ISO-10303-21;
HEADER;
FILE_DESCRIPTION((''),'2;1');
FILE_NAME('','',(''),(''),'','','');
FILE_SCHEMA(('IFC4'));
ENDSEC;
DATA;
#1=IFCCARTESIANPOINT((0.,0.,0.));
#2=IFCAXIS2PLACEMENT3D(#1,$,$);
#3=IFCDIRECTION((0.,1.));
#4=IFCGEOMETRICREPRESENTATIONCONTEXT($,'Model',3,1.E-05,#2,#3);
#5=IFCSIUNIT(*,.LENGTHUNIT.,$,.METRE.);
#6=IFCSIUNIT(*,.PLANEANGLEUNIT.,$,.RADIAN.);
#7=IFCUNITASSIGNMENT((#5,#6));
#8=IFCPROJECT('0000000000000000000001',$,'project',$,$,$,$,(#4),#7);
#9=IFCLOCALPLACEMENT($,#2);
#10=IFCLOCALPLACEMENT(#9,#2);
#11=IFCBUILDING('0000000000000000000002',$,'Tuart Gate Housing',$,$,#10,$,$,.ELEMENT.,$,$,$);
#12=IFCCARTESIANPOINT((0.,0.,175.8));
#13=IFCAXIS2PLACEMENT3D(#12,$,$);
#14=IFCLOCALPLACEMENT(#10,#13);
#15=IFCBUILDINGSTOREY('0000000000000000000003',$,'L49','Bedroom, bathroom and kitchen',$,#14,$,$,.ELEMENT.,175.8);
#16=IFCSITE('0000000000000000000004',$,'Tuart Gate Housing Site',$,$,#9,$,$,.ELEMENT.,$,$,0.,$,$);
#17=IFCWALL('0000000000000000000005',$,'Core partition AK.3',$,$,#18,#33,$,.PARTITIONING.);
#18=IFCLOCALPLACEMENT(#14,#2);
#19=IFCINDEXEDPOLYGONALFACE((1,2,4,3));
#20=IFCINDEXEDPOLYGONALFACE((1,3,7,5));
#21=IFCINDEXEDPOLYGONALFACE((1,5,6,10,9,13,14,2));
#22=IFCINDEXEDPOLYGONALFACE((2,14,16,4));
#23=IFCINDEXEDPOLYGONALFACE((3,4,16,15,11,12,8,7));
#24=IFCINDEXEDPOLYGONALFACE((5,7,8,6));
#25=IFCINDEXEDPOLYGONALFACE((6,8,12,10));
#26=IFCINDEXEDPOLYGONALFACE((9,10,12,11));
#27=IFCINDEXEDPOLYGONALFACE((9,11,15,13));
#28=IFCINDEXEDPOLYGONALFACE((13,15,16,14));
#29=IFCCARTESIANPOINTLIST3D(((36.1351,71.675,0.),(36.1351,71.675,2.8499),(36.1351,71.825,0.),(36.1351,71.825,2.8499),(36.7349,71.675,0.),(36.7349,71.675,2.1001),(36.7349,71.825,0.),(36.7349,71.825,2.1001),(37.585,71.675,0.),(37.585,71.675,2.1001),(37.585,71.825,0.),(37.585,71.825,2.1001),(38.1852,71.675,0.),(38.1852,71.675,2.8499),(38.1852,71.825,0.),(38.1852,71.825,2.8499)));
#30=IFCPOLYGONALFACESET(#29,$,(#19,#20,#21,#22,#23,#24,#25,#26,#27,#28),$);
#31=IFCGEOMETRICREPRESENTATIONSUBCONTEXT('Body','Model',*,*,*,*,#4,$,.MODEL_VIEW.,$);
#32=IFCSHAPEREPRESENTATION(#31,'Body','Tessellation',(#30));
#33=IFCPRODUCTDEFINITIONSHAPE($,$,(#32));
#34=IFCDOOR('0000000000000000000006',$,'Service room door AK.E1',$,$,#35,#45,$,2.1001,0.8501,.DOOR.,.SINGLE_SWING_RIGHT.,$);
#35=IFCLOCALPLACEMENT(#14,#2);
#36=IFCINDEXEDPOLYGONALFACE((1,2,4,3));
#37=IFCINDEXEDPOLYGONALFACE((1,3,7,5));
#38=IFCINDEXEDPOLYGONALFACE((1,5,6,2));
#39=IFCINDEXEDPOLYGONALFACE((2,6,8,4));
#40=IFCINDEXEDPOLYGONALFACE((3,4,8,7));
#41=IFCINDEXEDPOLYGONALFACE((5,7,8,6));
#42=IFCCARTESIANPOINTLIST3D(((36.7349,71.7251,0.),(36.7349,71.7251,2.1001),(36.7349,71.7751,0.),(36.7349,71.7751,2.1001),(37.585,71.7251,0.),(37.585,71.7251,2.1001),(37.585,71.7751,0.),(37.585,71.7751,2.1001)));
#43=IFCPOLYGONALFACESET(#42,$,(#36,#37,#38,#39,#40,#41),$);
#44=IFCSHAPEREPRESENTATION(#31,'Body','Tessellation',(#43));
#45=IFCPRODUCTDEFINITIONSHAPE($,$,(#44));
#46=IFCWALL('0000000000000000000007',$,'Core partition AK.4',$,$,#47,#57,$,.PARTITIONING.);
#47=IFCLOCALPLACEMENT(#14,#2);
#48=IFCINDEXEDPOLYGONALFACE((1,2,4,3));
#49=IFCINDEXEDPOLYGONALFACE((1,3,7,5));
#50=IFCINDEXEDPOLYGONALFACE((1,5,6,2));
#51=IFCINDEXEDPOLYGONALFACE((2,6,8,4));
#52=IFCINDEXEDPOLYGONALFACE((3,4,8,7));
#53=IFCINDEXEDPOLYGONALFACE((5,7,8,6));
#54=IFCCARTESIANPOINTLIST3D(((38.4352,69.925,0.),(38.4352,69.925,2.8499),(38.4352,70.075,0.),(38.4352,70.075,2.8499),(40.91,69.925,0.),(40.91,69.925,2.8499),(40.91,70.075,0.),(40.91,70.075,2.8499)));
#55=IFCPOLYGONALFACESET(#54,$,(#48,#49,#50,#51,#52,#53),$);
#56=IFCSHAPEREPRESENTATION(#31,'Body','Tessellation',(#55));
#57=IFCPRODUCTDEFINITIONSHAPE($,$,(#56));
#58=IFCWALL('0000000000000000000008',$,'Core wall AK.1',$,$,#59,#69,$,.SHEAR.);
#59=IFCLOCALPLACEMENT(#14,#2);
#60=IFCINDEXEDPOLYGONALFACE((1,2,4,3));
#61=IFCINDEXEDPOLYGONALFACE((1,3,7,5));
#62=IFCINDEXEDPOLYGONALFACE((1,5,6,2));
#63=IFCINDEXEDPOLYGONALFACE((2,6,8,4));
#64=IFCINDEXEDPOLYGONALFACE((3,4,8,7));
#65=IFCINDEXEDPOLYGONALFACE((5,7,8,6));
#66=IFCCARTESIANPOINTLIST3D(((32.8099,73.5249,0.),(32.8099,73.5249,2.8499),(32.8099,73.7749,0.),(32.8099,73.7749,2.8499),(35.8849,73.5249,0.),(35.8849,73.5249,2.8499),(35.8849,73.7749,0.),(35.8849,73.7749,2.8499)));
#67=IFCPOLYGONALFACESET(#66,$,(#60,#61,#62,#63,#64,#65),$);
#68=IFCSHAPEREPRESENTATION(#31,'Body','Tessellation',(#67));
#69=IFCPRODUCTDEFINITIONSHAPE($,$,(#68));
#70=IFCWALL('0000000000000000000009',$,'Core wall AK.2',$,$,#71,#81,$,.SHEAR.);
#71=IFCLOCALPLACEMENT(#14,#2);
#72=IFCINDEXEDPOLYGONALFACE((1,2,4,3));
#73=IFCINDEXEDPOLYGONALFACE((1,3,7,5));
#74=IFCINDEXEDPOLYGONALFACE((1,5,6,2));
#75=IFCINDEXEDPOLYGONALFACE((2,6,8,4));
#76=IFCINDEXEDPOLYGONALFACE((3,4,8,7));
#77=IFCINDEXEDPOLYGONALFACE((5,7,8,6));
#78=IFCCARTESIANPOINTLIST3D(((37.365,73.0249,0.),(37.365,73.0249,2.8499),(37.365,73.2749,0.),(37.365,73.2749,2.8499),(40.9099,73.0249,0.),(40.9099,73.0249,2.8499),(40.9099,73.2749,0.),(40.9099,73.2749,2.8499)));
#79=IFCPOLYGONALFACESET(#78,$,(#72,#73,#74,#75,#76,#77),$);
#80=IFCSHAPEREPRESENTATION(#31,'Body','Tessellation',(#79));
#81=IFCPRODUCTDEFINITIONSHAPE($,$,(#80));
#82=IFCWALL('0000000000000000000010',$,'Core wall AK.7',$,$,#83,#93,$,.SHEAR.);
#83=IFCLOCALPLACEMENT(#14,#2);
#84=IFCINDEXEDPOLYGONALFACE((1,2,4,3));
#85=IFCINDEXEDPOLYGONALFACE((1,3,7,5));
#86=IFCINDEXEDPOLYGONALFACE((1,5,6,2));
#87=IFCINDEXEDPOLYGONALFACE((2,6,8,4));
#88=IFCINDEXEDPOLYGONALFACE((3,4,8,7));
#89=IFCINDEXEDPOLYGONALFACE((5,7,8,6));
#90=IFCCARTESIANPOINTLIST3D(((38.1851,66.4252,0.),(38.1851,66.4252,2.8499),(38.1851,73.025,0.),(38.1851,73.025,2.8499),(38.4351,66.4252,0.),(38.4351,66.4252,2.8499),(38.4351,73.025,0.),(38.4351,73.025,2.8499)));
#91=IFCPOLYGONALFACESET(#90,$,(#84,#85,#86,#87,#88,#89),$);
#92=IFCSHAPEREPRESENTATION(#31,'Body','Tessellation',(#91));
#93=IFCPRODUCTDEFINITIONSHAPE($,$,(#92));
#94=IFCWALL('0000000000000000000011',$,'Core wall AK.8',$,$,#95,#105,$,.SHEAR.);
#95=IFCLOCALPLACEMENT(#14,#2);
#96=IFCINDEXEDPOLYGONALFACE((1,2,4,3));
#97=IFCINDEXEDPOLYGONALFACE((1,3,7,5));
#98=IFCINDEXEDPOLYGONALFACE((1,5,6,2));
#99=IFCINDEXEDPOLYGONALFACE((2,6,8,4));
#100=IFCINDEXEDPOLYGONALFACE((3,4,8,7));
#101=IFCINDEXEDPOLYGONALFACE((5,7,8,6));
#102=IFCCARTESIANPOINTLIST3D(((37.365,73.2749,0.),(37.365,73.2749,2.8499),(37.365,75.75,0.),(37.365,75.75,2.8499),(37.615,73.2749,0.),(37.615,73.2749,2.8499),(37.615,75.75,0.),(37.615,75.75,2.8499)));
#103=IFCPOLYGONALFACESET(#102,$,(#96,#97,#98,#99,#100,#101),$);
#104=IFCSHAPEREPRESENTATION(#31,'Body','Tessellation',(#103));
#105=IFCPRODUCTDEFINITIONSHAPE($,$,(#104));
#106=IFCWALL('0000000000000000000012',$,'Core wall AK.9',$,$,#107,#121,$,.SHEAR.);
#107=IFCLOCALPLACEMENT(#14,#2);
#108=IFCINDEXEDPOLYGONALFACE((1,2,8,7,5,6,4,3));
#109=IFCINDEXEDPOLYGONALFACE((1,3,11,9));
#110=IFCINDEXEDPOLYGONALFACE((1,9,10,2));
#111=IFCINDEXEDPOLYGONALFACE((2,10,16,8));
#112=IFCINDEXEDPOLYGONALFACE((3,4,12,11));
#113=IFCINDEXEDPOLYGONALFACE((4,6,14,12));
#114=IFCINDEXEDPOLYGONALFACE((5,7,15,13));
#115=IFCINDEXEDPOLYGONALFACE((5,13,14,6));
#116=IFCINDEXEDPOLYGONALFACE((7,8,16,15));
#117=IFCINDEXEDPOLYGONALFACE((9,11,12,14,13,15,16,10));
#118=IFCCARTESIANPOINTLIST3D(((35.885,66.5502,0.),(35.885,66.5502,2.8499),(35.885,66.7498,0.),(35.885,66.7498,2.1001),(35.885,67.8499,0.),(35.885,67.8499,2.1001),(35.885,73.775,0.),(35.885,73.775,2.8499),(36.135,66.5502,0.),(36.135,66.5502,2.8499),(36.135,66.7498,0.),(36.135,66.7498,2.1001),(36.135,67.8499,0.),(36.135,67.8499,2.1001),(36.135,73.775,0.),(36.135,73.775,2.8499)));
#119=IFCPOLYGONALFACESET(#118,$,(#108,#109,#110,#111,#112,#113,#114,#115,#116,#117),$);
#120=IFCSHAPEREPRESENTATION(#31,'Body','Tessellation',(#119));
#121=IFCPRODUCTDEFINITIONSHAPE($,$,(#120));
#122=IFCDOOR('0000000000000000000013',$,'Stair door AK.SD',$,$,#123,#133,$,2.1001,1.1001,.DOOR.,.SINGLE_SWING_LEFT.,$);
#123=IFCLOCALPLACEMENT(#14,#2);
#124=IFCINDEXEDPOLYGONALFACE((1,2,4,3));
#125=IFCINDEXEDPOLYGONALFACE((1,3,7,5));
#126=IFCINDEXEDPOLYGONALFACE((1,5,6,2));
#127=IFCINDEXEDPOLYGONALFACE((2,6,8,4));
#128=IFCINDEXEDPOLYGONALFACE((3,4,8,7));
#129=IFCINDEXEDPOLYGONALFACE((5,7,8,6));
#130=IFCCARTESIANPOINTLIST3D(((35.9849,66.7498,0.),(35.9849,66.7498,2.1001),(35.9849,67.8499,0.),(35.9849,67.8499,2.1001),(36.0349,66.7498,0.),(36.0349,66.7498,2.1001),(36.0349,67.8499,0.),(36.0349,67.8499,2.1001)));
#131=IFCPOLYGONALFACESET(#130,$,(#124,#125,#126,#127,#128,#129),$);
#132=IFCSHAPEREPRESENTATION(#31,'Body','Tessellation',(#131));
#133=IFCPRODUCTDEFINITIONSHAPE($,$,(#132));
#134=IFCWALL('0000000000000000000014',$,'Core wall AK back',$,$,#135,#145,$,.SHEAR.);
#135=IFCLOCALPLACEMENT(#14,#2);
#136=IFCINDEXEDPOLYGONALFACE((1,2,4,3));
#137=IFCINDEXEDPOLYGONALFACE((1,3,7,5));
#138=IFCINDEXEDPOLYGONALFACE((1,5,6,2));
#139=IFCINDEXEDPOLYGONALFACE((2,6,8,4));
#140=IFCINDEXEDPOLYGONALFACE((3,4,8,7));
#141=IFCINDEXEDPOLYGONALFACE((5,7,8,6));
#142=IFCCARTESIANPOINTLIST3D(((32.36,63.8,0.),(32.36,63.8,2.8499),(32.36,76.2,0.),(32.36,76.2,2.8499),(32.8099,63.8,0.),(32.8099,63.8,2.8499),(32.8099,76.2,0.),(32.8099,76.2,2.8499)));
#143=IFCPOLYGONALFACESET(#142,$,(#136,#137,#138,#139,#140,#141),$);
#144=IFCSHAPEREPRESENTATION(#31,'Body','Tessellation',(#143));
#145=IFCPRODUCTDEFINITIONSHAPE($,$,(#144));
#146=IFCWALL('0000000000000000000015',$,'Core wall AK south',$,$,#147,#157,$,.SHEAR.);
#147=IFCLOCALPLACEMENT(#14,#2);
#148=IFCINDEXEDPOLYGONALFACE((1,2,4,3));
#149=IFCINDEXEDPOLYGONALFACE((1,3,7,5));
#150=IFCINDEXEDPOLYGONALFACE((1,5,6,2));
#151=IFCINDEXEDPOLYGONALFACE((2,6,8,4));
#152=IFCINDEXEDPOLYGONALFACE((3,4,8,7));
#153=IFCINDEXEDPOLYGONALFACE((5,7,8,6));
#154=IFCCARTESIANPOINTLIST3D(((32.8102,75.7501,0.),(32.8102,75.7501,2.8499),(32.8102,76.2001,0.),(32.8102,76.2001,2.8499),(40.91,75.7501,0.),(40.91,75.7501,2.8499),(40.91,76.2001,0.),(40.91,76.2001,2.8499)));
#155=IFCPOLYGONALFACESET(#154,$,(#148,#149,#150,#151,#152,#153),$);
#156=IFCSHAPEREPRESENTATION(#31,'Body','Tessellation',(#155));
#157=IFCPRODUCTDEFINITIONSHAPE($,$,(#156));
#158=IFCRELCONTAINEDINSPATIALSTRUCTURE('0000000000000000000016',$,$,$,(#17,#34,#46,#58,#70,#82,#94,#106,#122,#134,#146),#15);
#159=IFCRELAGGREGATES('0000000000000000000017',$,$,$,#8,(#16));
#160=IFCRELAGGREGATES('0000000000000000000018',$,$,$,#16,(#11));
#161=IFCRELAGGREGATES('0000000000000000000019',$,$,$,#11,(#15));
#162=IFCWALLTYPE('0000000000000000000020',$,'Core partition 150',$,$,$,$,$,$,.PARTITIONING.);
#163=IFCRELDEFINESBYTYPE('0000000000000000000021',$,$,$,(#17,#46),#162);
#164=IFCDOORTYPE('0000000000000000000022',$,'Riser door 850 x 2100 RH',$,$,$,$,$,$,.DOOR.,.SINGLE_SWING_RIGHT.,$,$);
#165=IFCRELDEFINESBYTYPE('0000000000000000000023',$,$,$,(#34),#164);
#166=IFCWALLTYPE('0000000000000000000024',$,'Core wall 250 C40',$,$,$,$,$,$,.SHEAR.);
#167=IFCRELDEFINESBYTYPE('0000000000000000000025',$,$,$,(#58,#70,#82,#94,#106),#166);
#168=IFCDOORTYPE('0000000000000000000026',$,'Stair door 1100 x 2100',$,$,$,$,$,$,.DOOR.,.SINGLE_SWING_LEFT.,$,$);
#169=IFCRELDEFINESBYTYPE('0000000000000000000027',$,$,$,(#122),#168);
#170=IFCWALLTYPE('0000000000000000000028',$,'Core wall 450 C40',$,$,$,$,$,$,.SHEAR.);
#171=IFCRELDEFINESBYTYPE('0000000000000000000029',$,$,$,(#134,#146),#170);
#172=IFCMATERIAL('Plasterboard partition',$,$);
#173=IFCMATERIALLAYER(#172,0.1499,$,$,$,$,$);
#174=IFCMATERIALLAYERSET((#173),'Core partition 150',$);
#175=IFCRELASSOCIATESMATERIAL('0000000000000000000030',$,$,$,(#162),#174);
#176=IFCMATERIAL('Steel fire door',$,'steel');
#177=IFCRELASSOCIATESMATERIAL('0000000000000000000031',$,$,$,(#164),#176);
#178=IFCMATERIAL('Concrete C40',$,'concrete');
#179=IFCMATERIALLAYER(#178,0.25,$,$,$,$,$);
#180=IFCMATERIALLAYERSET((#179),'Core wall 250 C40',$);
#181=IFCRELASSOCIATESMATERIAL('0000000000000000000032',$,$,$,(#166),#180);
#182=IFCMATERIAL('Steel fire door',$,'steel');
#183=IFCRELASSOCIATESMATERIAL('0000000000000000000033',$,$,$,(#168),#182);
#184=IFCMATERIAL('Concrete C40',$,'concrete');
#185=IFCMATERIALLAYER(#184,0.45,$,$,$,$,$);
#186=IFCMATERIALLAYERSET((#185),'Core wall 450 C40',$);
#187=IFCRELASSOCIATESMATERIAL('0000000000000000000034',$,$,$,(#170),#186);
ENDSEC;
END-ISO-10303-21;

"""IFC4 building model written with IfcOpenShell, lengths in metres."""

from ifc_helpers import new_model, si_unit, direction, frame, frame_2d, origin, place, context, subcontext, project, spatial, rectangle, extrude, material, layer, layer_set, type_object, element, fill, save


model = new_model("IFC4")

# Units and contexts
model_context = context("Model", 3, precision=1e-05, world=origin(), true_north=direction((0.0, 1.0)))
body_context = subcontext(model_context, "Body", "Model", "MODEL_VIEW")
ifc_project = project(units=[si_unit("LENGTHUNIT", "METRE"), si_unit("PLANEANGLEUNIT", "RADIAN")], contexts=[model_context])

# Site, building, storey
site_placement = place(None, origin())
site = spatial("IfcSite", under=ifc_project, at=site_placement, Name="Tuart Gate Housing Site", CompositionType="ELEMENT", RefElevation=0.0)
building_placement = place(site_placement, origin())
building = spatial("IfcBuilding", under=site, at=building_placement, Name="Tuart Gate Housing", CompositionType="ELEMENT")
storey_placement = place(building_placement, frame((0.0, 0.0, 175.8)))
storey = spatial("IfcBuildingStorey", under=building, at=storey_placement, Name="L49", Description="Bedroom, bathroom and kitchen", CompositionType="ELEMENT", Elevation=175.8)

# Wall, opening, door
ifc_material_1 = material(Name="Plasterboard partition")
ifc_layer_1 = layer(ifc_material_1, 0.1499)
ifc_layer_set_1 = layer_set([ifc_layer_1], Name="Core partition 150")
wall_type_1 = type_object("IfcWallType", Name="Core partition 150", PredefinedType="PARTITIONING", material=ifc_layer_set_1)
wall_1_placement = place(storey_placement, frame((38.1851, 71.75, 0.0), z_axis=(0.0, 0.0, 1.0), x_axis=(-1.0, 0.0, 0.0)))
wall_1 = element("IfcWall", 1, at=wall_1_placement, inside=storey, type_object=wall_type_1, Name="Core partition AK.3", PredefinedType="PARTITIONING", context=body_context, shape_type="SweptSolid", body=[
    extrude(rectangle(XDim=2.05, YDim=0.1499, at=frame_2d((1.0249, 0.0))), origin(), (0.0, 0.0, 1.0), 2.8499),
])
opening_1_placement = place(wall_1_placement, frame((0.6001, 0.0, 0.0)))
opening_1 = element("IfcOpeningElement", 2, at=opening_1_placement, cuts=wall_1, PredefinedType="OPENING", context=body_context, shape_type="SweptSolid", body=[
    extrude(rectangle(XDim=0.8501, YDim=2.1001, at=frame_2d((0.425, 1.05))), frame((0.0, 0.085, 0.0), z_axis=(0.0, -1.0, 0.0), x_axis=(1.0, 0.0, 0.0)), (0.0, 0.0, 1.0), 0.1699),
])
ifc_material_2 = material(Name="Steel fire door", Category="steel")
door_type_1 = type_object("IfcDoorType", Name="Riser door 850 x 2100 RH", OperationType="SINGLE_SWING_RIGHT", PredefinedType="DOOR", material=ifc_material_2)
door_1_placement = place(opening_1_placement, frame((0.8501, 0.0, 0.0), z_axis=(0.0, 0.0, 1.0), x_axis=(-1.0, 0.0, 0.0)))
door_1 = element("IfcDoor", 3, at=door_1_placement, inside=storey, type_object=door_type_1, Name="Service room door AK.E1", OperationType="SINGLE_SWING_RIGHT", OverallHeight=2.1001, OverallWidth=0.8501, PredefinedType="DOOR", context=body_context, shape_type="SweptSolid", body=[
    extrude(rectangle(XDim=0.8501, YDim=2.1001, at=frame_2d((0.425, 1.05))), frame((0.0, 0.0251, 0.0), z_axis=(0.0, -1.0, 0.0), x_axis=(1.0, 0.0, 0.0)), (0.0, 0.0, 1.0), 0.05),
])
fill(opening_1, door_1)

# Walls
wall_2_placement = place(storey_placement, frame((40.9099, 70.0, 0.0), z_axis=(0.0, 0.0, 1.0), x_axis=(-1.0, 0.0, 0.0)))
element("IfcWall", 4, at=wall_2_placement, inside=storey, type_object=wall_type_1, Name="Core partition AK.4", PredefinedType="PARTITIONING", context=body_context, shape_type="SweptSolid", body=[
    extrude(rectangle(XDim=2.4749, YDim=0.1499, at=frame_2d((1.2373, 0.0))), origin(), (0.0, 0.0, 1.0), 2.8499),
])
ifc_material_3 = material(Name="Concrete C40", Category="concrete")
ifc_layer_2 = layer(ifc_material_3, 0.25)
ifc_layer_set_2 = layer_set([ifc_layer_2], Name="Core wall 250 C40")
wall_type_2 = type_object("IfcWallType", Name="Core wall 250 C40", PredefinedType="SHEAR", material=ifc_layer_set_2)
wall_3_placement = place(storey_placement, frame((35.885, 73.6499, 0.0), z_axis=(0.0, 0.0, 1.0), x_axis=(-1.0, 0.0, 0.0)))
element("IfcWall", 5, at=wall_3_placement, inside=storey, type_object=wall_type_2, Name="Core wall AK.1", PredefinedType="SHEAR", context=body_context, shape_type="SweptSolid", body=[
    extrude(rectangle(XDim=3.075, YDim=0.25, at=frame_2d((1.5376, 0.0))), origin(), (0.0, 0.0, 1.0), 2.8499),
])
wall_4_placement = place(storey_placement, frame((40.9099, 73.1499, 0.0), z_axis=(0.0, 0.0, 1.0), x_axis=(-1.0, 0.0, 0.0)))
element("IfcWall", 6, at=wall_4_placement, inside=storey, type_object=wall_type_2, Name="Core wall AK.2", PredefinedType="SHEAR", context=body_context, shape_type="SweptSolid", body=[
    extrude(rectangle(XDim=3.5449, YDim=0.25, at=frame_2d((1.7725, 0.0))), origin(), (0.0, 0.0, 1.0), 2.8499),
])
wall_5_placement = place(storey_placement, frame((38.3101, 73.0249, 0.0), z_axis=(0.0, 0.0, 1.0), x_axis=(0.0, -1.0, 0.0)))
element("IfcWall", 7, at=wall_5_placement, inside=storey, type_object=wall_type_2, Name="Core wall AK.7", PredefinedType="SHEAR", context=body_context, shape_type="SweptSolid", body=[
    extrude(rectangle(XDim=6.5999, YDim=0.25, at=frame_2d((3.2998, 0.0))), origin(), (0.0, 0.0, 1.0), 2.8499),
])
wall_6_placement = place(storey_placement, frame((37.49, 75.75, 0.0), z_axis=(0.0, 0.0, 1.0), x_axis=(0.0, -1.0, 0.0)))
element("IfcWall", 8, at=wall_6_placement, inside=storey, type_object=wall_type_2, Name="Core wall AK.8", PredefinedType="SHEAR", context=body_context, shape_type="SweptSolid", body=[
    extrude(rectangle(XDim=2.4751, YDim=0.25, at=frame_2d((1.2375, 0.0))), origin(), (0.0, 0.0, 1.0), 2.8499),
])

# Wall, opening, door
wall_7_placement = place(storey_placement, frame((36.01, 73.7749, 0.0), z_axis=(0.0, 0.0, 1.0), x_axis=(0.0, -1.0, 0.0)))
wall_7 = element("IfcWall", 9, at=wall_7_placement, inside=storey, type_object=wall_type_2, Name="Core wall AK.9", PredefinedType="SHEAR", context=body_context, shape_type="SweptSolid", body=[
    extrude(rectangle(XDim=7.2249, YDim=0.25, at=frame_2d((3.6123, 0.0))), origin(), (0.0, 0.0, 1.0), 2.8499),
])
opening_2_placement = place(wall_7_placement, frame((5.925, 0.0, 0.0)))
opening_2 = element("IfcOpeningElement", 10, at=opening_2_placement, cuts=wall_7, PredefinedType="OPENING", context=body_context, shape_type="SweptSolid", body=[
    extrude(rectangle(XDim=1.1001, YDim=2.1001, at=frame_2d((0.55, 1.05))), frame((0.0, 0.135, 0.0), z_axis=(0.0, -1.0, 0.0), x_axis=(1.0, 0.0, 0.0)), (0.0, 0.0, 1.0), 0.27),
])
ifc_material_4 = material(Name="Steel fire door", Category="steel")
door_type_2 = type_object("IfcDoorType", Name="Stair door 1100 x 2100", OperationType="SINGLE_SWING_LEFT", PredefinedType="DOOR", material=ifc_material_4)
door_2_placement = place(opening_2_placement, frame((1.1001, 0.0, 0.0), z_axis=(0.0, 0.0, 1.0), x_axis=(-1.0, 0.0, 0.0)))
door_2 = element("IfcDoor", 11, at=door_2_placement, inside=storey, type_object=door_type_2, Name="Stair door AK.SD", OperationType="SINGLE_SWING_LEFT", OverallHeight=2.1001, OverallWidth=1.1001, PredefinedType="DOOR", context=body_context, shape_type="SweptSolid", body=[
    extrude(rectangle(XDim=1.1001, YDim=2.1001, at=frame_2d((0.55, 1.05))), frame((0.0, 0.0251, 0.0), z_axis=(0.0, -1.0, 0.0), x_axis=(1.0, 0.0, 0.0)), (0.0, 0.0, 1.0), 0.05),
])
fill(opening_2, door_2)

# Walls
ifc_material_5 = material(Name="Concrete C40", Category="concrete")
ifc_layer_3 = layer(ifc_material_5, 0.45)
ifc_layer_set_3 = layer_set([ifc_layer_3], Name="Core wall 450 C40")
wall_type_3 = type_object("IfcWallType", Name="Core wall 450 C40", PredefinedType="SHEAR", material=ifc_layer_set_3)
wall_8_placement = place(storey_placement, frame((32.585, 76.2, 0.0), z_axis=(0.0, 0.0, 1.0), x_axis=(0.0, -1.0, 0.0)))
element("IfcWall", 12, at=wall_8_placement, inside=storey, type_object=wall_type_3, Name="Core wall AK back", PredefinedType="SHEAR", context=body_context, shape_type="SweptSolid", body=[
    extrude(rectangle(XDim=12.3999, YDim=0.45, at=frame_2d((6.2, 0.0))), origin(), (0.0, 0.0, 1.0), 2.8499),
])
wall_9_placement = place(storey_placement, frame((40.9099, 75.9751, 0.0), z_axis=(0.0, 0.0, 1.0), x_axis=(-1.0, 0.0, 0.0)))
element("IfcWall", 13, at=wall_9_placement, inside=storey, type_object=wall_type_3, Name="Core wall AK south", PredefinedType="SHEAR", context=body_context, shape_type="SweptSolid", body=[
    extrude(rectangle(XDim=8.0999, YDim=0.45, at=frame_2d((4.0498, 0.0))), origin(), (0.0, 0.0, 1.0), 2.8499),
])

save(model, "model.ifc")
